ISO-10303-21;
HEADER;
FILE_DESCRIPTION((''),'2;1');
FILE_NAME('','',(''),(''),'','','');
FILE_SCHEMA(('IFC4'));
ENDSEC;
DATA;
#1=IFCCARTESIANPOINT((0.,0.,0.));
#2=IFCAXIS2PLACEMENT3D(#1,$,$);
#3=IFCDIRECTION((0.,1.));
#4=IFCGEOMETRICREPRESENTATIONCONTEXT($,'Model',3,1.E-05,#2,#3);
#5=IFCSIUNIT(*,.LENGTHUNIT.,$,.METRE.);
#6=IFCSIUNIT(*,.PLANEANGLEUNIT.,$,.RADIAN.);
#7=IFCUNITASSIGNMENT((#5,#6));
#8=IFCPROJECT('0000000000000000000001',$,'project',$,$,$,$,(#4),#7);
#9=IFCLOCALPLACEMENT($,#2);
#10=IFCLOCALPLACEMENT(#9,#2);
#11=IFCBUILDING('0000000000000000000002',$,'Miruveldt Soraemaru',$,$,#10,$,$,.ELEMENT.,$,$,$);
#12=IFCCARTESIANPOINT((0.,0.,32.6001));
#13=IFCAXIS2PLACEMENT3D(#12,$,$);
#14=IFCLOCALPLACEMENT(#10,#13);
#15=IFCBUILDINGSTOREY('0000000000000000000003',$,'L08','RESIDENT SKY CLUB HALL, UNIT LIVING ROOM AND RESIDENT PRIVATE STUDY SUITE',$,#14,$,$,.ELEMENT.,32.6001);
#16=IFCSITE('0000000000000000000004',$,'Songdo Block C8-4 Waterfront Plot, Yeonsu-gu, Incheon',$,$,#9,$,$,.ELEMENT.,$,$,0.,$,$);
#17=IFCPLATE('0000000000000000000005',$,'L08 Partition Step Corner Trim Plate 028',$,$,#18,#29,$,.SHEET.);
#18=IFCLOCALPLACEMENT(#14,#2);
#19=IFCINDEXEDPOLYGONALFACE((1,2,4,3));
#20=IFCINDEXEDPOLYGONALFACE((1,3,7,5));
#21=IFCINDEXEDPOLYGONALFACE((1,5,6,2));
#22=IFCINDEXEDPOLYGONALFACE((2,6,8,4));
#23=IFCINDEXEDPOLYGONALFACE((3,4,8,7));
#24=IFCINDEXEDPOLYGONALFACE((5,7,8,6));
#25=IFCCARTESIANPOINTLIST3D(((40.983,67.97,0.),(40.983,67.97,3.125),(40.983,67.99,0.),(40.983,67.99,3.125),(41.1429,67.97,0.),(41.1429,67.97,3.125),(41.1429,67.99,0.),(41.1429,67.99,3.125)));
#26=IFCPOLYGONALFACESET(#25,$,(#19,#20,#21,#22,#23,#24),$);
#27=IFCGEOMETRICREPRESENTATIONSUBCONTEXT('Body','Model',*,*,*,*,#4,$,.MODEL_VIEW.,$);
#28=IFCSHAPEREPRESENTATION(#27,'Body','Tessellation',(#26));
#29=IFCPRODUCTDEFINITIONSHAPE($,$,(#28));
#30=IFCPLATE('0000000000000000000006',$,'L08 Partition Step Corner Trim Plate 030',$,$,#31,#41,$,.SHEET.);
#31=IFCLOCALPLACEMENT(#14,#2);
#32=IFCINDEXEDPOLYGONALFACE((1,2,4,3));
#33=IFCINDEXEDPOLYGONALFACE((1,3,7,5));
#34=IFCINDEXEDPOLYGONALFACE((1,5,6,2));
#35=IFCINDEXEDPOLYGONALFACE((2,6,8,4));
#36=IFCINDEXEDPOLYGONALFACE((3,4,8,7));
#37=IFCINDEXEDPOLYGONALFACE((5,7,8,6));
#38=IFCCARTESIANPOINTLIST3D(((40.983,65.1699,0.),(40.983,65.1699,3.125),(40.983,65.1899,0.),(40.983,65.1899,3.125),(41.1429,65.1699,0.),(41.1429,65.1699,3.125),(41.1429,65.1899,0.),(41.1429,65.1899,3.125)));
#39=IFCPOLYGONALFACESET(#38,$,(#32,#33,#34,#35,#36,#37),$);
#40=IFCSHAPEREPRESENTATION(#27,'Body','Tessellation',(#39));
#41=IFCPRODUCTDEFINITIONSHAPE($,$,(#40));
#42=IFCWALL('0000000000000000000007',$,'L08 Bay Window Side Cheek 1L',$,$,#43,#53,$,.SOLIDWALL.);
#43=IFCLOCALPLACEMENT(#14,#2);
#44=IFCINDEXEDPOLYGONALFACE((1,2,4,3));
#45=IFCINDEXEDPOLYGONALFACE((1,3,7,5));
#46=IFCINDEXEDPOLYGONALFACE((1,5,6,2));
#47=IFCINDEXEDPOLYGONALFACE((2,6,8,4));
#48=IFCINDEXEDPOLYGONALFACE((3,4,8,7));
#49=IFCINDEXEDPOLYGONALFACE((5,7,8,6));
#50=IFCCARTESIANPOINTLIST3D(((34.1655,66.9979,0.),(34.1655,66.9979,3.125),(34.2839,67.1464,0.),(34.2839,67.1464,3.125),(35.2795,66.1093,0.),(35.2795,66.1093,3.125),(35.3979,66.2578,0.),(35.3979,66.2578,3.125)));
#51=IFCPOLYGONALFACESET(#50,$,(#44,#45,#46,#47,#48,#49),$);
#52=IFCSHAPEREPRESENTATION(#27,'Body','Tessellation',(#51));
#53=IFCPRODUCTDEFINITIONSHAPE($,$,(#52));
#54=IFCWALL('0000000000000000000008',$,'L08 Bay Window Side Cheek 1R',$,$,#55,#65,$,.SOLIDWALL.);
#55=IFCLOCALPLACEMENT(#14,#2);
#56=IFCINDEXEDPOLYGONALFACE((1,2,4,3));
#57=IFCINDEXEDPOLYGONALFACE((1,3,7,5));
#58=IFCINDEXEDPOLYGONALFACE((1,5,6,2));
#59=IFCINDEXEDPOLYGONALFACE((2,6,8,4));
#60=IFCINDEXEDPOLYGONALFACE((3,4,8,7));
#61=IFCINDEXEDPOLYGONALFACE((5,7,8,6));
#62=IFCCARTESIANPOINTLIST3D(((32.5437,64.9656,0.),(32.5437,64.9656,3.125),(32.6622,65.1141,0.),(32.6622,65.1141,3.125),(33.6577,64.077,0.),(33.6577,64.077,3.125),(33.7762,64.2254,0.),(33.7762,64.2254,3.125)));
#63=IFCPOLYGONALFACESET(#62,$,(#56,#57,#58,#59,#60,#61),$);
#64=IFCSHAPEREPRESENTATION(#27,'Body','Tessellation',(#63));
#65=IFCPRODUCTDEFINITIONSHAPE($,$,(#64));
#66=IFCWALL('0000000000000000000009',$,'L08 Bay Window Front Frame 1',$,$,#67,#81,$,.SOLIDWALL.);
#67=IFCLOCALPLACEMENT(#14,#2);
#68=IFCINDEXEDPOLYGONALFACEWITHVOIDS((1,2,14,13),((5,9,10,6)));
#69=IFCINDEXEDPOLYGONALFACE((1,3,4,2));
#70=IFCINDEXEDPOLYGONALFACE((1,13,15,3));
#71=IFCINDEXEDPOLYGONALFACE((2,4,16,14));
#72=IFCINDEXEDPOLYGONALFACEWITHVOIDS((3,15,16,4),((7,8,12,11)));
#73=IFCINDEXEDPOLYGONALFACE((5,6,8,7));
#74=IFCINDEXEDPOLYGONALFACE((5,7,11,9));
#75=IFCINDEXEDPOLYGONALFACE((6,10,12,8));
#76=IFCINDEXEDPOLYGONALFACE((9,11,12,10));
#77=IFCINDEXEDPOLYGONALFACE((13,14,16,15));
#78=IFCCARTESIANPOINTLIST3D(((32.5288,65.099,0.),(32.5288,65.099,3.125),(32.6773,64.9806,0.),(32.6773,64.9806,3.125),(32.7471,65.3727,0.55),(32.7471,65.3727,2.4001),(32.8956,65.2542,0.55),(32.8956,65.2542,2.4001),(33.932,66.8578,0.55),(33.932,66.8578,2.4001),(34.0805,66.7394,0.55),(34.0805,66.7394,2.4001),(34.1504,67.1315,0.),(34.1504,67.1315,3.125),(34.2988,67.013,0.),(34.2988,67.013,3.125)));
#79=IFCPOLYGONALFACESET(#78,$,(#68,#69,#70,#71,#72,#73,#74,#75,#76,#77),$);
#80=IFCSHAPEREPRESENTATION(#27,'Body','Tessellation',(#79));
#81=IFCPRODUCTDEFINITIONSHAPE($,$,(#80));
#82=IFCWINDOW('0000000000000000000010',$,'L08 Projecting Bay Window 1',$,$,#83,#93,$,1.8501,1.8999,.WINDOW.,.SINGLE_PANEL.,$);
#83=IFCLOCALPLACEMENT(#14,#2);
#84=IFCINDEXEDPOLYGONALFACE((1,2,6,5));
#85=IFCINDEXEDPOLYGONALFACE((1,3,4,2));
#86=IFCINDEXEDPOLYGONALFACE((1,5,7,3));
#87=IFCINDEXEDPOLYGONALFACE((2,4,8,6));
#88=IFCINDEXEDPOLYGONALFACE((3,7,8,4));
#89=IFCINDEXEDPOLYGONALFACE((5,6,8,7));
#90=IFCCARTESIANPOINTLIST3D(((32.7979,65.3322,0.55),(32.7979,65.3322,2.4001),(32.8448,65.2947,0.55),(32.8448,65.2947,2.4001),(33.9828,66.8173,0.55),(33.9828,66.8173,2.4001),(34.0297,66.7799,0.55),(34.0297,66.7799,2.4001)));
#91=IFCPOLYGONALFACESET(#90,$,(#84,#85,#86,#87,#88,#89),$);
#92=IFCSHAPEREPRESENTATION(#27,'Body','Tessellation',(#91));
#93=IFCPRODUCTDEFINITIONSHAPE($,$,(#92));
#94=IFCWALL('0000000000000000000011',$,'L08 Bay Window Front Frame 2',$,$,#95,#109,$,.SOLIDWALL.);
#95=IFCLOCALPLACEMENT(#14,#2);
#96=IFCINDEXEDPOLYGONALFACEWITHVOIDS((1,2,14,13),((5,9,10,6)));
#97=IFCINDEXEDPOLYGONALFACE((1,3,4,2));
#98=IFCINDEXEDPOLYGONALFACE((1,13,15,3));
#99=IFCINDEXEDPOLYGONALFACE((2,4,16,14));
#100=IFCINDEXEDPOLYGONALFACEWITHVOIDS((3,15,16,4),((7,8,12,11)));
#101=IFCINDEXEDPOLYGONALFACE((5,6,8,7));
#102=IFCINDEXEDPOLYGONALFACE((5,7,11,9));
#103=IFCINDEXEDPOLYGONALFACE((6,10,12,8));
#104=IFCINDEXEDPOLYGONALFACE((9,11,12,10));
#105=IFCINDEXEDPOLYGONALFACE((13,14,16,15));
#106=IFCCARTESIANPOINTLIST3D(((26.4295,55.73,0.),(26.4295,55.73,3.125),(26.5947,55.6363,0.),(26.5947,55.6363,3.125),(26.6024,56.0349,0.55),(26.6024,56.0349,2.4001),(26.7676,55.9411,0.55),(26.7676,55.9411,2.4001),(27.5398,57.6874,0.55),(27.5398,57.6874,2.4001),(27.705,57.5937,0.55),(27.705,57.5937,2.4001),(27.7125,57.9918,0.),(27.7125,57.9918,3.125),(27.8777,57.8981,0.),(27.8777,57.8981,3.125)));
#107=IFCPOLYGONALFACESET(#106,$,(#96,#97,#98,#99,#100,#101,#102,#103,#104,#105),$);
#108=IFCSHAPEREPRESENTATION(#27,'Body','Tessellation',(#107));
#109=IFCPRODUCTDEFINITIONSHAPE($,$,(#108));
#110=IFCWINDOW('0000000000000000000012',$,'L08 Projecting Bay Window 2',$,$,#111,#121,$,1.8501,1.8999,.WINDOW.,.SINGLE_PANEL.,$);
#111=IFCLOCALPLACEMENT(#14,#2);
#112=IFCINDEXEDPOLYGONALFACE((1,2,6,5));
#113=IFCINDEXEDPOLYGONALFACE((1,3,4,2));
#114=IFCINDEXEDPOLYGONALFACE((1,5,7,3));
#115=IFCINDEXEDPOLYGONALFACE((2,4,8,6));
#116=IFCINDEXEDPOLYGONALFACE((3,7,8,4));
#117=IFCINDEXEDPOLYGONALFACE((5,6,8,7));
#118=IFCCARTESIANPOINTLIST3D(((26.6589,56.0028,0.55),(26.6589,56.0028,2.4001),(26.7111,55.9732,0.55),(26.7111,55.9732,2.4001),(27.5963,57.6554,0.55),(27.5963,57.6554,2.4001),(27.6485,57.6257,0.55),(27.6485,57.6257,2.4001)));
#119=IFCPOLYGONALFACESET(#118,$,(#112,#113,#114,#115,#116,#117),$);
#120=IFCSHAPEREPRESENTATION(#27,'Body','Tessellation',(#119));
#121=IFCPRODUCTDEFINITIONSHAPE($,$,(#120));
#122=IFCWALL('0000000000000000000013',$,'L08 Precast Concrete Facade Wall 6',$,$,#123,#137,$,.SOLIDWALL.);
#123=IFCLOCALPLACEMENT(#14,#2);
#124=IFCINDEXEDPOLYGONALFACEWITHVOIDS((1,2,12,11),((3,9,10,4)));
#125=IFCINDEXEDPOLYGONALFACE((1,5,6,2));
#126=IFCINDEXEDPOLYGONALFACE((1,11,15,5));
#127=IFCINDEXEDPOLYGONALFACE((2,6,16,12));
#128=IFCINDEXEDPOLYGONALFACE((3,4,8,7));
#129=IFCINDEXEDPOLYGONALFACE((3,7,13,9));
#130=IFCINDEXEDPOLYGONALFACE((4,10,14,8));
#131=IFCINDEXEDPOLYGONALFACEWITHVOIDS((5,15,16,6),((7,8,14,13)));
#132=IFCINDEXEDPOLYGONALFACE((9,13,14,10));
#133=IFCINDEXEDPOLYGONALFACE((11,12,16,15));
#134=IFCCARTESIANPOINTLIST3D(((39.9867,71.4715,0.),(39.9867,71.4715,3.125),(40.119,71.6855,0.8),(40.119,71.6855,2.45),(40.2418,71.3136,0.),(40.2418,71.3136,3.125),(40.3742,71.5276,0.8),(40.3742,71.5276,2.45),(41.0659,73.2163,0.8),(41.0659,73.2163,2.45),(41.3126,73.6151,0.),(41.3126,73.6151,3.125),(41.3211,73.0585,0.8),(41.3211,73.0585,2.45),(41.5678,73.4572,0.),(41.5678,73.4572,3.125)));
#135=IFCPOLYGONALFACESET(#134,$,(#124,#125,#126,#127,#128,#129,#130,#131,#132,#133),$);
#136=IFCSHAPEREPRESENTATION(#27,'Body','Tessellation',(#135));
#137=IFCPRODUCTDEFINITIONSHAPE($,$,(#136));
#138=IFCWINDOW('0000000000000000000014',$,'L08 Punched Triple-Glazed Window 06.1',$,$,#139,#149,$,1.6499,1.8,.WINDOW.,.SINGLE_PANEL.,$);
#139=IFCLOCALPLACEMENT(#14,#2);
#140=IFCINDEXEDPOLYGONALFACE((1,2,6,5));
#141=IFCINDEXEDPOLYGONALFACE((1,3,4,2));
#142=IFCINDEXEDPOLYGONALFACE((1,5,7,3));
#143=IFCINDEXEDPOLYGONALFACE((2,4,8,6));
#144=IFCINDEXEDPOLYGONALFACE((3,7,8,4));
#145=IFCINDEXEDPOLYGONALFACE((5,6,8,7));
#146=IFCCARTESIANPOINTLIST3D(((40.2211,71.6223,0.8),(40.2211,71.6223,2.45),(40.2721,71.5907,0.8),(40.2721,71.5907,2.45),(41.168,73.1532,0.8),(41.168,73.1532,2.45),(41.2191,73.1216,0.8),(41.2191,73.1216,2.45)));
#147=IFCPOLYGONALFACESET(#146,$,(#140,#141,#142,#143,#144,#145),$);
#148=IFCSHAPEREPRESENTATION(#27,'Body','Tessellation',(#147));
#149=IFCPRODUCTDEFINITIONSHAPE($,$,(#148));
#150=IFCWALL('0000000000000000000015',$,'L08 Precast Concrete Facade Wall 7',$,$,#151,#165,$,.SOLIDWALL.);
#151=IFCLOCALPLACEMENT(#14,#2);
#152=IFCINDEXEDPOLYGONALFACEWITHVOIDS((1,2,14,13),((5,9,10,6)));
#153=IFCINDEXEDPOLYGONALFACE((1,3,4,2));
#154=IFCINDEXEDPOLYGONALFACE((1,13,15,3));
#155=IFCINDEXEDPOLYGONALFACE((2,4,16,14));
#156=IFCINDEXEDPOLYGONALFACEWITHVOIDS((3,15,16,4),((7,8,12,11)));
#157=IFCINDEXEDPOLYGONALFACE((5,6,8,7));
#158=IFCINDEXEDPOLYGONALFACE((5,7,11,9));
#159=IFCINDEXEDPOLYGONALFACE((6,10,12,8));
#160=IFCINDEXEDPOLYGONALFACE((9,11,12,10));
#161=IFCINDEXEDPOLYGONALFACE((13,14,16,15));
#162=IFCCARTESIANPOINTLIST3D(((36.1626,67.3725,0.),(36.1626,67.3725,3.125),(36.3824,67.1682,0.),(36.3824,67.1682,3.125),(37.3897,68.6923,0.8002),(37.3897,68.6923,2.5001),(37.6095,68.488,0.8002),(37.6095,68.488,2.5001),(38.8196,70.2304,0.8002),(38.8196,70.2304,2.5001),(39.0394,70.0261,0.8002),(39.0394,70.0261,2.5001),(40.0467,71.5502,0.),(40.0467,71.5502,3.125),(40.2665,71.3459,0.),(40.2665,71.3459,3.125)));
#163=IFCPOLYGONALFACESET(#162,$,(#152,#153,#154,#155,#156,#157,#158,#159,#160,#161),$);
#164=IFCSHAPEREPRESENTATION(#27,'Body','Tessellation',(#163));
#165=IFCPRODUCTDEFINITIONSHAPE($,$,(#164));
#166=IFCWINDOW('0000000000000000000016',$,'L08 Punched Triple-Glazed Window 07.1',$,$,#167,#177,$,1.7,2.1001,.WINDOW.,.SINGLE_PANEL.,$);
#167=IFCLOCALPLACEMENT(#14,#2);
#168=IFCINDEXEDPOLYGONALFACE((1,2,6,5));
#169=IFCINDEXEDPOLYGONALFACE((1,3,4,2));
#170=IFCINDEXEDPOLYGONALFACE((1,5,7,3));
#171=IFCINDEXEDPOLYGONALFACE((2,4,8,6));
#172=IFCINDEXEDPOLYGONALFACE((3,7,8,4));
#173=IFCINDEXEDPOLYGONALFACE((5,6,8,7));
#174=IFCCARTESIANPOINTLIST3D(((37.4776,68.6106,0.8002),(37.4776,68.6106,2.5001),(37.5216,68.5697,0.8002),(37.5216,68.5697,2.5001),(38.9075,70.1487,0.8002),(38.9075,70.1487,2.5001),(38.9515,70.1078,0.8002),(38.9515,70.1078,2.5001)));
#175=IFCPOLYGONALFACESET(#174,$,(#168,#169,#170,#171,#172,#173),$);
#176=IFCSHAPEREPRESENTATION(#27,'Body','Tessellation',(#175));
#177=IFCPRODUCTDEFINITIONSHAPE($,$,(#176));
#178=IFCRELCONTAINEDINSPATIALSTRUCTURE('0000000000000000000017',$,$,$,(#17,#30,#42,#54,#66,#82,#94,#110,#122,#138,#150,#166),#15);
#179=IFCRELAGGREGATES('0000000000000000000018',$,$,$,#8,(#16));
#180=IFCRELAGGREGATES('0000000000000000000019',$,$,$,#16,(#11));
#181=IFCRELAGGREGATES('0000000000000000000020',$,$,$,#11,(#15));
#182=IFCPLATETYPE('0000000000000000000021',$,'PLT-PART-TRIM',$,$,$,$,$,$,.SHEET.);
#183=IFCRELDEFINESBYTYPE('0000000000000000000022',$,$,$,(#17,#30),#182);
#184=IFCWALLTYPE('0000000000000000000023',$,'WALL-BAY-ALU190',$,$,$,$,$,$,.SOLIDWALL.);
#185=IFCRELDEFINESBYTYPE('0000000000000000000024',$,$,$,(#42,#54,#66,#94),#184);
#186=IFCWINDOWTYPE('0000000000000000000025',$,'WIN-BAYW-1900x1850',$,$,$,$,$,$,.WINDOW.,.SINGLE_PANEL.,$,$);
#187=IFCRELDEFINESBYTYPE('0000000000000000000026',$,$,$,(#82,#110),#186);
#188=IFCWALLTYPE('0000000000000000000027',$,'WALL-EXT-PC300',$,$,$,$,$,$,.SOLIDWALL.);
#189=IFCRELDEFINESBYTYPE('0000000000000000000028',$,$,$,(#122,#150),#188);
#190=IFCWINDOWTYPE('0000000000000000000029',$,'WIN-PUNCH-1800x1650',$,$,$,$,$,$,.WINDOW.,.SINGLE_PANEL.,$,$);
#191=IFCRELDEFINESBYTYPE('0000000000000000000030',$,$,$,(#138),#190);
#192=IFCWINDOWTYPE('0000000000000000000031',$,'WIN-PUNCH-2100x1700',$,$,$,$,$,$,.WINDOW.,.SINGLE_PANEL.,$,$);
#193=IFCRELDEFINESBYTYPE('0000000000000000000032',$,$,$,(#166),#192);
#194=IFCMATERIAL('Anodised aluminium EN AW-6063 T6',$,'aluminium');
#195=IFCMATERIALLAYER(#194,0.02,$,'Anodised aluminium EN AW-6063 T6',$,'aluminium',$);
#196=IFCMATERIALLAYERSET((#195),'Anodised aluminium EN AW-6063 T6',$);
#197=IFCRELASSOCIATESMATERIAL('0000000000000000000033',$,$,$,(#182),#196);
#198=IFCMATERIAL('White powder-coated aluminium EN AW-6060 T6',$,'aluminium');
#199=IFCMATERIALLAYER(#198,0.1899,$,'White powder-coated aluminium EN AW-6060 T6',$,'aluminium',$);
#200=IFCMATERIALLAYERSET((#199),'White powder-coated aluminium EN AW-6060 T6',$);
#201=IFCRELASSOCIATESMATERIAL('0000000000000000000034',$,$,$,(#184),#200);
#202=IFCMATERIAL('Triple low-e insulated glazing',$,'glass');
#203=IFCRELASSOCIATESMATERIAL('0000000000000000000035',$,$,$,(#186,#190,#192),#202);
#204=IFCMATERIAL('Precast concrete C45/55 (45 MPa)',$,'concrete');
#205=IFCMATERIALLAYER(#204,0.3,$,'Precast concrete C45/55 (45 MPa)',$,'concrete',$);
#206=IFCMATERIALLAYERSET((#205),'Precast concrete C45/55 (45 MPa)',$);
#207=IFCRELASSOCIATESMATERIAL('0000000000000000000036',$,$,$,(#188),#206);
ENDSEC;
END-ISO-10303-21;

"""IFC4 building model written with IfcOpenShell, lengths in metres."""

from ifc_helpers import new_model, si_unit, direction, frame, frame_2d, origin, origin_2d, place, context, subcontext, project, spatial, rectangle, extrude, material, layer, layer_set, type_object, element, fill, save


model = new_model("IFC4")

# Units and contexts
model_context = context("Model", 3, precision=1e-05, world=origin(), true_north=direction((0.0, 1.0)))
body_context = subcontext(model_context, "Body", "Model", "MODEL_VIEW")
ifc_project = project(units=[si_unit("LENGTHUNIT", "METRE"), si_unit("PLANEANGLEUNIT", "RADIAN")], contexts=[model_context])

# Site, building, storey
site_placement = place(None, origin())
site = spatial("IfcSite", under=ifc_project, at=site_placement, Name="Songdo Block C8-4 Waterfront Plot, Yeonsu-gu, Incheon", CompositionType="ELEMENT", RefElevation=0.0)
building_placement = place(site_placement, origin())
building = spatial("IfcBuilding", under=site, at=building_placement, Name="Miruveldt Soraemaru", CompositionType="ELEMENT")
storey_placement = place(building_placement, frame((0.0, 0.0, 32.6001)))
storey = spatial("IfcBuildingStorey", under=building, at=storey_placement, Name="L08", Description="RESIDENT SKY CLUB HALL, UNIT LIVING ROOM AND RESIDENT PRIVATE STUDY SUITE", CompositionType="ELEMENT", Elevation=32.6001)

# Plates
ifc_material_1 = material(Name="Anodised aluminium EN AW-6063 T6", Category="aluminium")
ifc_layer_1 = layer(ifc_material_1, 0.02, Name="Anodised aluminium EN AW-6063 T6", Category="aluminium")
ifc_layer_set_1 = layer_set([ifc_layer_1], Name="Anodised aluminium EN AW-6063 T6")
plate_type = type_object("IfcPlateType", Name="PLT-PART-TRIM", PredefinedType="SHEET", material=ifc_layer_set_1)
for number, where, z_axis, x_axis, name in (
    (1, (41.063, 67.98, 0.0), (0.0, 0.0, 1.0), (-1.0, 0.0, 0.0), "L08 Partition Step Corner Trim Plate 028"),
    (2, (41.063, 65.1799, 0.0), (0.0, 0.0, 1.0), (1.0, 0.0, 0.0), "L08 Partition Step Corner Trim Plate 030"),
):
    element("IfcPlate", number, at=place(storey_placement, frame(where, z_axis=z_axis, x_axis=x_axis)), inside=storey, type_object=plate_type, Name=name, PredefinedType="SHEET", context=body_context, shape_type="SweptSolid", body=[
        extrude(rectangle(XDim=0.1599, YDim=0.02, at=origin_2d()), origin(), (0.0, 0.0, 1.0), 3.125),
    ])

# Walls
ifc_material_2 = material(Name="White powder-coated aluminium EN AW-6060 T6", Category="aluminium")
ifc_layer_2 = layer(ifc_material_2, 0.1899, Name="White powder-coated aluminium EN AW-6060 T6", Category="aluminium")
ifc_layer_set_2 = layer_set([ifc_layer_2], Name="White powder-coated aluminium EN AW-6060 T6")
wall_type_1 = type_object("IfcWallType", Name="WALL-BAY-ALU190", PredefinedType="SOLIDWALL", material=ifc_layer_set_2)
for number, where, z_axis, x_axis, name in (
    (3, (35.3386, 66.1836, 0.0), (0.0, 0.0, 1.0), (-0.781737, 0.623608, 0.0), "L08 Bay Window Side Cheek 1L"),
    (4, (32.603, 65.0398, 0.0), (0.0, 0.0, 1.0), (0.781737, -0.623608, 0.0), "L08 Bay Window Side Cheek 1R"),
):
    element("IfcWall", number, at=place(storey_placement, frame(where, z_axis=z_axis, x_axis=x_axis)), inside=storey, type_object=wall_type_1, Name=name, PredefinedType="SOLIDWALL", context=body_context, shape_type="SweptSolid", body=[
        extrude(rectangle(XDim=1.425, YDim=0.1899, at=frame_2d((0.7124, 0.0))), origin(), (0.0, 0.0, 1.0), 3.125),
    ])

# Walls, openings, windows
wall_1_placement = place(storey_placement, frame((34.2246, 67.0723, 0.0), z_axis=(0.0, 0.0, 1.0), x_axis=(-0.623664, -0.781693, 0.0)))
wall_1 = element("IfcWall", 5, at=wall_1_placement, inside=storey, type_object=wall_type_1, Name="L08 Bay Window Front Frame 1", PredefinedType="SOLIDWALL", context=body_context, shape_type="SweptSolid", body=[
    extrude(rectangle(XDim=2.6001, YDim=0.1899, at=frame_2d((1.3, 0.0))), origin(), (0.0, 0.0, 1.0), 3.125),
])
opening_1_placement = place(wall_1_placement, frame((0.3501, 0.0, 0.55)))
opening_1 = element("IfcOpeningElement", 6, at=opening_1_placement, cuts=wall_1, PredefinedType="OPENING", context=body_context, shape_type="SweptSolid", body=[
    extrude(rectangle(XDim=1.8999, YDim=1.8501, at=frame_2d((0.95, 0.925))), frame((0.0, 0.105, 0.0), z_axis=(0.0, -1.0, 0.0), x_axis=(1.0, 0.0, 0.0)), (0.0, 0.0, 1.0), 0.21),
])
ifc_material_3 = material(Name="Triple low-e insulated glazing", Category="glass")
window_type_1 = type_object("IfcWindowType", Name="WIN-BAYW-1900x1850", PartitioningType="SINGLE_PANEL", PredefinedType="WINDOW", material=ifc_material_3)
window_1_placement = place(opening_1_placement, origin())
window_1 = element("IfcWindow", 7, at=window_1_placement, inside=storey, type_object=window_type_1, Name="L08 Projecting Bay Window 1", OverallHeight=1.8501, OverallWidth=1.8999, PartitioningType="SINGLE_PANEL", PredefinedType="WINDOW", context=body_context, shape_type="SweptSolid", body=[
    extrude(rectangle(XDim=1.8999, YDim=1.8501, at=frame_2d((0.95, 0.925))), frame((0.0, 0.03, 0.0), z_axis=(0.0, -1.0, 0.0), x_axis=(1.0, 0.0, 0.0)), (0.0, 0.0, 1.0), 0.0601),
])
fill(opening_1, window_1)
wall_2_placement = place(storey_placement, frame((27.7952, 57.9451, 0.0), z_axis=(0.0, 0.0, 1.0), x_axis=(-0.493396, -0.869805, 0.0)))
wall_2 = element("IfcWall", 8, at=wall_2_placement, inside=storey, type_object=wall_type_1, Name="L08 Bay Window Front Frame 2", PredefinedType="SOLIDWALL", context=body_context, shape_type="SweptSolid", body=[
    extrude(rectangle(XDim=2.6003, YDim=0.1899, at=frame_2d((1.3003, 0.0))), origin(), (0.0, 0.0, 1.0), 3.125),
])
opening_2_placement = place(wall_2_placement, frame((0.3501, 0.0, 0.55)))
opening_2 = element("IfcOpeningElement", 9, at=opening_2_placement, cuts=wall_2, PredefinedType="OPENING", context=body_context, shape_type="SweptSolid", body=[
    extrude(rectangle(XDim=1.8999, YDim=1.8501, at=frame_2d((0.95, 0.925))), frame((0.0, 0.105, 0.0), z_axis=(0.0, -1.0, 0.0), x_axis=(1.0, 0.0, 0.0)), (0.0, 0.0, 1.0), 0.21),
])
window_2_placement = place(opening_2_placement, origin())
window_2 = element("IfcWindow", 10, at=window_2_placement, inside=storey, type_object=window_type_1, Name="L08 Projecting Bay Window 2", OverallHeight=1.8501, OverallWidth=1.8999, PartitioningType="SINGLE_PANEL", PredefinedType="WINDOW", context=body_context, shape_type="SweptSolid", body=[
    extrude(rectangle(XDim=1.8999, YDim=1.8501, at=frame_2d((0.95, 0.925))), frame((0.0, 0.03, 0.0), z_axis=(0.0, -1.0, 0.0), x_axis=(1.0, 0.0, 0.0)), (0.0, 0.0, 1.0), 0.0601),
])
fill(opening_2, window_2)
ifc_material_4 = material(Name="Precast concrete C45/55 (45 MPa)", Category="concrete")
ifc_layer_3 = layer(ifc_material_4, 0.3, Name="Precast concrete C45/55 (45 MPa)", Category="concrete")
ifc_layer_set_3 = layer_set([ifc_layer_3], Name="Precast concrete C45/55 (45 MPa)")
wall_type_2 = type_object("IfcWallType", Name="WALL-EXT-PC300", PredefinedType="SOLIDWALL", material=ifc_layer_set_3)
wall_3_placement = place(storey_placement, frame((41.4402, 73.5361, 0.0), z_axis=(0.0, 0.0, 1.0), x_axis=(-0.526058, -0.850449, 0.0)))
wall_3 = element("IfcWall", 11, at=wall_3_placement, inside=storey, type_object=wall_type_2, Name="L08 Precast Concrete Facade Wall 6", PredefinedType="SOLIDWALL", context=body_context, shape_type="SweptSolid", body=[
    extrude(rectangle(XDim=2.5205, YDim=0.3, at=frame_2d((1.2603, 0.0))), origin(), (0.0, 0.0, 1.0), 3.125),
])
opening_3_placement = place(wall_3_placement, frame((0.469, 0.0, 0.8)))
opening_3 = element("IfcOpeningElement", 12, at=opening_3_placement, cuts=wall_3, PredefinedType="OPENING", context=body_context, shape_type="SweptSolid", body=[
    extrude(rectangle(XDim=1.8, YDim=1.6499, at=frame_2d((0.8999, 0.825))), frame((0.0, 0.1602, 0.0), z_axis=(0.0, -1.0, 0.0), x_axis=(1.0, 0.0, 0.0)), (0.0, 0.0, 1.0), 0.3201),
])
window_type_2 = type_object("IfcWindowType", Name="WIN-PUNCH-1800x1650", PartitioningType="SINGLE_PANEL", PredefinedType="WINDOW", material=ifc_material_3)
window_3_placement = place(opening_3_placement, origin())
window_3 = element("IfcWindow", 13, at=window_3_placement, inside=storey, type_object=window_type_2, Name="L08 Punched Triple-Glazed Window 06.1", OverallHeight=1.6499, OverallWidth=1.8, PartitioningType="SINGLE_PANEL", PredefinedType="WINDOW", context=body_context, shape_type="SweptSolid", body=[
    extrude(rectangle(XDim=1.8, YDim=1.6499, at=frame_2d((0.8999, 0.825))), frame((0.0, 0.03, 0.0), z_axis=(0.0, -1.0, 0.0), x_axis=(1.0, 0.0, 0.0)), (0.0, 0.0, 1.0), 0.0601),
])
fill(opening_3, window_3)
wall_4_placement = place(storey_placement, frame((40.1565, 71.448, 0.0), z_axis=(0.0, 0.0, 1.0), x_axis=(-0.680894, -0.732382, 0.0)))
wall_4 = element("IfcWall", 14, at=wall_4_placement, inside=storey, type_object=wall_type_2, Name="L08 Precast Concrete Facade Wall 7", PredefinedType="SOLIDWALL", context=body_context, shape_type="SweptSolid", body=[
    extrude(rectangle(XDim=5.7043, YDim=0.3, at=frame_2d((2.8521, 0.0))), origin(), (0.0, 0.0, 1.0), 3.125),
])
opening_4_placement = place(wall_4_placement, frame((1.802, 0.0, 0.8)))
opening_4 = element("IfcOpeningElement", 15, at=opening_4_placement, cuts=wall_4, PredefinedType="OPENING", context=body_context, shape_type="SweptSolid", body=[
    extrude(rectangle(XDim=2.1001, YDim=1.7, at=frame_2d((1.05, 0.8501))), frame((0.0, 0.1602, 0.0), z_axis=(0.0, -1.0, 0.0), x_axis=(1.0, 0.0, 0.0)), (0.0, 0.0, 1.0), 0.3201),
])
window_type_3 = type_object("IfcWindowType", Name="WIN-PUNCH-2100x1700", PartitioningType="SINGLE_PANEL", PredefinedType="WINDOW", material=ifc_material_3)
window_4_placement = place(opening_4_placement, origin())
window_4 = element("IfcWindow", 16, at=window_4_placement, inside=storey, type_object=window_type_3, Name="L08 Punched Triple-Glazed Window 07.1", OverallHeight=1.7, OverallWidth=2.1001, PartitioningType="SINGLE_PANEL", PredefinedType="WINDOW", context=body_context, shape_type="SweptSolid", body=[
    extrude(rectangle(XDim=2.1001, YDim=1.7, at=frame_2d((1.05, 0.8501))), frame((0.0, 0.03, 0.0), z_axis=(0.0, -1.0, 0.0), x_axis=(1.0, 0.0, 0.0)), (0.0, 0.0, 1.0), 0.0601),
])
fill(opening_4, window_4)

save(model, "model.ifc")
